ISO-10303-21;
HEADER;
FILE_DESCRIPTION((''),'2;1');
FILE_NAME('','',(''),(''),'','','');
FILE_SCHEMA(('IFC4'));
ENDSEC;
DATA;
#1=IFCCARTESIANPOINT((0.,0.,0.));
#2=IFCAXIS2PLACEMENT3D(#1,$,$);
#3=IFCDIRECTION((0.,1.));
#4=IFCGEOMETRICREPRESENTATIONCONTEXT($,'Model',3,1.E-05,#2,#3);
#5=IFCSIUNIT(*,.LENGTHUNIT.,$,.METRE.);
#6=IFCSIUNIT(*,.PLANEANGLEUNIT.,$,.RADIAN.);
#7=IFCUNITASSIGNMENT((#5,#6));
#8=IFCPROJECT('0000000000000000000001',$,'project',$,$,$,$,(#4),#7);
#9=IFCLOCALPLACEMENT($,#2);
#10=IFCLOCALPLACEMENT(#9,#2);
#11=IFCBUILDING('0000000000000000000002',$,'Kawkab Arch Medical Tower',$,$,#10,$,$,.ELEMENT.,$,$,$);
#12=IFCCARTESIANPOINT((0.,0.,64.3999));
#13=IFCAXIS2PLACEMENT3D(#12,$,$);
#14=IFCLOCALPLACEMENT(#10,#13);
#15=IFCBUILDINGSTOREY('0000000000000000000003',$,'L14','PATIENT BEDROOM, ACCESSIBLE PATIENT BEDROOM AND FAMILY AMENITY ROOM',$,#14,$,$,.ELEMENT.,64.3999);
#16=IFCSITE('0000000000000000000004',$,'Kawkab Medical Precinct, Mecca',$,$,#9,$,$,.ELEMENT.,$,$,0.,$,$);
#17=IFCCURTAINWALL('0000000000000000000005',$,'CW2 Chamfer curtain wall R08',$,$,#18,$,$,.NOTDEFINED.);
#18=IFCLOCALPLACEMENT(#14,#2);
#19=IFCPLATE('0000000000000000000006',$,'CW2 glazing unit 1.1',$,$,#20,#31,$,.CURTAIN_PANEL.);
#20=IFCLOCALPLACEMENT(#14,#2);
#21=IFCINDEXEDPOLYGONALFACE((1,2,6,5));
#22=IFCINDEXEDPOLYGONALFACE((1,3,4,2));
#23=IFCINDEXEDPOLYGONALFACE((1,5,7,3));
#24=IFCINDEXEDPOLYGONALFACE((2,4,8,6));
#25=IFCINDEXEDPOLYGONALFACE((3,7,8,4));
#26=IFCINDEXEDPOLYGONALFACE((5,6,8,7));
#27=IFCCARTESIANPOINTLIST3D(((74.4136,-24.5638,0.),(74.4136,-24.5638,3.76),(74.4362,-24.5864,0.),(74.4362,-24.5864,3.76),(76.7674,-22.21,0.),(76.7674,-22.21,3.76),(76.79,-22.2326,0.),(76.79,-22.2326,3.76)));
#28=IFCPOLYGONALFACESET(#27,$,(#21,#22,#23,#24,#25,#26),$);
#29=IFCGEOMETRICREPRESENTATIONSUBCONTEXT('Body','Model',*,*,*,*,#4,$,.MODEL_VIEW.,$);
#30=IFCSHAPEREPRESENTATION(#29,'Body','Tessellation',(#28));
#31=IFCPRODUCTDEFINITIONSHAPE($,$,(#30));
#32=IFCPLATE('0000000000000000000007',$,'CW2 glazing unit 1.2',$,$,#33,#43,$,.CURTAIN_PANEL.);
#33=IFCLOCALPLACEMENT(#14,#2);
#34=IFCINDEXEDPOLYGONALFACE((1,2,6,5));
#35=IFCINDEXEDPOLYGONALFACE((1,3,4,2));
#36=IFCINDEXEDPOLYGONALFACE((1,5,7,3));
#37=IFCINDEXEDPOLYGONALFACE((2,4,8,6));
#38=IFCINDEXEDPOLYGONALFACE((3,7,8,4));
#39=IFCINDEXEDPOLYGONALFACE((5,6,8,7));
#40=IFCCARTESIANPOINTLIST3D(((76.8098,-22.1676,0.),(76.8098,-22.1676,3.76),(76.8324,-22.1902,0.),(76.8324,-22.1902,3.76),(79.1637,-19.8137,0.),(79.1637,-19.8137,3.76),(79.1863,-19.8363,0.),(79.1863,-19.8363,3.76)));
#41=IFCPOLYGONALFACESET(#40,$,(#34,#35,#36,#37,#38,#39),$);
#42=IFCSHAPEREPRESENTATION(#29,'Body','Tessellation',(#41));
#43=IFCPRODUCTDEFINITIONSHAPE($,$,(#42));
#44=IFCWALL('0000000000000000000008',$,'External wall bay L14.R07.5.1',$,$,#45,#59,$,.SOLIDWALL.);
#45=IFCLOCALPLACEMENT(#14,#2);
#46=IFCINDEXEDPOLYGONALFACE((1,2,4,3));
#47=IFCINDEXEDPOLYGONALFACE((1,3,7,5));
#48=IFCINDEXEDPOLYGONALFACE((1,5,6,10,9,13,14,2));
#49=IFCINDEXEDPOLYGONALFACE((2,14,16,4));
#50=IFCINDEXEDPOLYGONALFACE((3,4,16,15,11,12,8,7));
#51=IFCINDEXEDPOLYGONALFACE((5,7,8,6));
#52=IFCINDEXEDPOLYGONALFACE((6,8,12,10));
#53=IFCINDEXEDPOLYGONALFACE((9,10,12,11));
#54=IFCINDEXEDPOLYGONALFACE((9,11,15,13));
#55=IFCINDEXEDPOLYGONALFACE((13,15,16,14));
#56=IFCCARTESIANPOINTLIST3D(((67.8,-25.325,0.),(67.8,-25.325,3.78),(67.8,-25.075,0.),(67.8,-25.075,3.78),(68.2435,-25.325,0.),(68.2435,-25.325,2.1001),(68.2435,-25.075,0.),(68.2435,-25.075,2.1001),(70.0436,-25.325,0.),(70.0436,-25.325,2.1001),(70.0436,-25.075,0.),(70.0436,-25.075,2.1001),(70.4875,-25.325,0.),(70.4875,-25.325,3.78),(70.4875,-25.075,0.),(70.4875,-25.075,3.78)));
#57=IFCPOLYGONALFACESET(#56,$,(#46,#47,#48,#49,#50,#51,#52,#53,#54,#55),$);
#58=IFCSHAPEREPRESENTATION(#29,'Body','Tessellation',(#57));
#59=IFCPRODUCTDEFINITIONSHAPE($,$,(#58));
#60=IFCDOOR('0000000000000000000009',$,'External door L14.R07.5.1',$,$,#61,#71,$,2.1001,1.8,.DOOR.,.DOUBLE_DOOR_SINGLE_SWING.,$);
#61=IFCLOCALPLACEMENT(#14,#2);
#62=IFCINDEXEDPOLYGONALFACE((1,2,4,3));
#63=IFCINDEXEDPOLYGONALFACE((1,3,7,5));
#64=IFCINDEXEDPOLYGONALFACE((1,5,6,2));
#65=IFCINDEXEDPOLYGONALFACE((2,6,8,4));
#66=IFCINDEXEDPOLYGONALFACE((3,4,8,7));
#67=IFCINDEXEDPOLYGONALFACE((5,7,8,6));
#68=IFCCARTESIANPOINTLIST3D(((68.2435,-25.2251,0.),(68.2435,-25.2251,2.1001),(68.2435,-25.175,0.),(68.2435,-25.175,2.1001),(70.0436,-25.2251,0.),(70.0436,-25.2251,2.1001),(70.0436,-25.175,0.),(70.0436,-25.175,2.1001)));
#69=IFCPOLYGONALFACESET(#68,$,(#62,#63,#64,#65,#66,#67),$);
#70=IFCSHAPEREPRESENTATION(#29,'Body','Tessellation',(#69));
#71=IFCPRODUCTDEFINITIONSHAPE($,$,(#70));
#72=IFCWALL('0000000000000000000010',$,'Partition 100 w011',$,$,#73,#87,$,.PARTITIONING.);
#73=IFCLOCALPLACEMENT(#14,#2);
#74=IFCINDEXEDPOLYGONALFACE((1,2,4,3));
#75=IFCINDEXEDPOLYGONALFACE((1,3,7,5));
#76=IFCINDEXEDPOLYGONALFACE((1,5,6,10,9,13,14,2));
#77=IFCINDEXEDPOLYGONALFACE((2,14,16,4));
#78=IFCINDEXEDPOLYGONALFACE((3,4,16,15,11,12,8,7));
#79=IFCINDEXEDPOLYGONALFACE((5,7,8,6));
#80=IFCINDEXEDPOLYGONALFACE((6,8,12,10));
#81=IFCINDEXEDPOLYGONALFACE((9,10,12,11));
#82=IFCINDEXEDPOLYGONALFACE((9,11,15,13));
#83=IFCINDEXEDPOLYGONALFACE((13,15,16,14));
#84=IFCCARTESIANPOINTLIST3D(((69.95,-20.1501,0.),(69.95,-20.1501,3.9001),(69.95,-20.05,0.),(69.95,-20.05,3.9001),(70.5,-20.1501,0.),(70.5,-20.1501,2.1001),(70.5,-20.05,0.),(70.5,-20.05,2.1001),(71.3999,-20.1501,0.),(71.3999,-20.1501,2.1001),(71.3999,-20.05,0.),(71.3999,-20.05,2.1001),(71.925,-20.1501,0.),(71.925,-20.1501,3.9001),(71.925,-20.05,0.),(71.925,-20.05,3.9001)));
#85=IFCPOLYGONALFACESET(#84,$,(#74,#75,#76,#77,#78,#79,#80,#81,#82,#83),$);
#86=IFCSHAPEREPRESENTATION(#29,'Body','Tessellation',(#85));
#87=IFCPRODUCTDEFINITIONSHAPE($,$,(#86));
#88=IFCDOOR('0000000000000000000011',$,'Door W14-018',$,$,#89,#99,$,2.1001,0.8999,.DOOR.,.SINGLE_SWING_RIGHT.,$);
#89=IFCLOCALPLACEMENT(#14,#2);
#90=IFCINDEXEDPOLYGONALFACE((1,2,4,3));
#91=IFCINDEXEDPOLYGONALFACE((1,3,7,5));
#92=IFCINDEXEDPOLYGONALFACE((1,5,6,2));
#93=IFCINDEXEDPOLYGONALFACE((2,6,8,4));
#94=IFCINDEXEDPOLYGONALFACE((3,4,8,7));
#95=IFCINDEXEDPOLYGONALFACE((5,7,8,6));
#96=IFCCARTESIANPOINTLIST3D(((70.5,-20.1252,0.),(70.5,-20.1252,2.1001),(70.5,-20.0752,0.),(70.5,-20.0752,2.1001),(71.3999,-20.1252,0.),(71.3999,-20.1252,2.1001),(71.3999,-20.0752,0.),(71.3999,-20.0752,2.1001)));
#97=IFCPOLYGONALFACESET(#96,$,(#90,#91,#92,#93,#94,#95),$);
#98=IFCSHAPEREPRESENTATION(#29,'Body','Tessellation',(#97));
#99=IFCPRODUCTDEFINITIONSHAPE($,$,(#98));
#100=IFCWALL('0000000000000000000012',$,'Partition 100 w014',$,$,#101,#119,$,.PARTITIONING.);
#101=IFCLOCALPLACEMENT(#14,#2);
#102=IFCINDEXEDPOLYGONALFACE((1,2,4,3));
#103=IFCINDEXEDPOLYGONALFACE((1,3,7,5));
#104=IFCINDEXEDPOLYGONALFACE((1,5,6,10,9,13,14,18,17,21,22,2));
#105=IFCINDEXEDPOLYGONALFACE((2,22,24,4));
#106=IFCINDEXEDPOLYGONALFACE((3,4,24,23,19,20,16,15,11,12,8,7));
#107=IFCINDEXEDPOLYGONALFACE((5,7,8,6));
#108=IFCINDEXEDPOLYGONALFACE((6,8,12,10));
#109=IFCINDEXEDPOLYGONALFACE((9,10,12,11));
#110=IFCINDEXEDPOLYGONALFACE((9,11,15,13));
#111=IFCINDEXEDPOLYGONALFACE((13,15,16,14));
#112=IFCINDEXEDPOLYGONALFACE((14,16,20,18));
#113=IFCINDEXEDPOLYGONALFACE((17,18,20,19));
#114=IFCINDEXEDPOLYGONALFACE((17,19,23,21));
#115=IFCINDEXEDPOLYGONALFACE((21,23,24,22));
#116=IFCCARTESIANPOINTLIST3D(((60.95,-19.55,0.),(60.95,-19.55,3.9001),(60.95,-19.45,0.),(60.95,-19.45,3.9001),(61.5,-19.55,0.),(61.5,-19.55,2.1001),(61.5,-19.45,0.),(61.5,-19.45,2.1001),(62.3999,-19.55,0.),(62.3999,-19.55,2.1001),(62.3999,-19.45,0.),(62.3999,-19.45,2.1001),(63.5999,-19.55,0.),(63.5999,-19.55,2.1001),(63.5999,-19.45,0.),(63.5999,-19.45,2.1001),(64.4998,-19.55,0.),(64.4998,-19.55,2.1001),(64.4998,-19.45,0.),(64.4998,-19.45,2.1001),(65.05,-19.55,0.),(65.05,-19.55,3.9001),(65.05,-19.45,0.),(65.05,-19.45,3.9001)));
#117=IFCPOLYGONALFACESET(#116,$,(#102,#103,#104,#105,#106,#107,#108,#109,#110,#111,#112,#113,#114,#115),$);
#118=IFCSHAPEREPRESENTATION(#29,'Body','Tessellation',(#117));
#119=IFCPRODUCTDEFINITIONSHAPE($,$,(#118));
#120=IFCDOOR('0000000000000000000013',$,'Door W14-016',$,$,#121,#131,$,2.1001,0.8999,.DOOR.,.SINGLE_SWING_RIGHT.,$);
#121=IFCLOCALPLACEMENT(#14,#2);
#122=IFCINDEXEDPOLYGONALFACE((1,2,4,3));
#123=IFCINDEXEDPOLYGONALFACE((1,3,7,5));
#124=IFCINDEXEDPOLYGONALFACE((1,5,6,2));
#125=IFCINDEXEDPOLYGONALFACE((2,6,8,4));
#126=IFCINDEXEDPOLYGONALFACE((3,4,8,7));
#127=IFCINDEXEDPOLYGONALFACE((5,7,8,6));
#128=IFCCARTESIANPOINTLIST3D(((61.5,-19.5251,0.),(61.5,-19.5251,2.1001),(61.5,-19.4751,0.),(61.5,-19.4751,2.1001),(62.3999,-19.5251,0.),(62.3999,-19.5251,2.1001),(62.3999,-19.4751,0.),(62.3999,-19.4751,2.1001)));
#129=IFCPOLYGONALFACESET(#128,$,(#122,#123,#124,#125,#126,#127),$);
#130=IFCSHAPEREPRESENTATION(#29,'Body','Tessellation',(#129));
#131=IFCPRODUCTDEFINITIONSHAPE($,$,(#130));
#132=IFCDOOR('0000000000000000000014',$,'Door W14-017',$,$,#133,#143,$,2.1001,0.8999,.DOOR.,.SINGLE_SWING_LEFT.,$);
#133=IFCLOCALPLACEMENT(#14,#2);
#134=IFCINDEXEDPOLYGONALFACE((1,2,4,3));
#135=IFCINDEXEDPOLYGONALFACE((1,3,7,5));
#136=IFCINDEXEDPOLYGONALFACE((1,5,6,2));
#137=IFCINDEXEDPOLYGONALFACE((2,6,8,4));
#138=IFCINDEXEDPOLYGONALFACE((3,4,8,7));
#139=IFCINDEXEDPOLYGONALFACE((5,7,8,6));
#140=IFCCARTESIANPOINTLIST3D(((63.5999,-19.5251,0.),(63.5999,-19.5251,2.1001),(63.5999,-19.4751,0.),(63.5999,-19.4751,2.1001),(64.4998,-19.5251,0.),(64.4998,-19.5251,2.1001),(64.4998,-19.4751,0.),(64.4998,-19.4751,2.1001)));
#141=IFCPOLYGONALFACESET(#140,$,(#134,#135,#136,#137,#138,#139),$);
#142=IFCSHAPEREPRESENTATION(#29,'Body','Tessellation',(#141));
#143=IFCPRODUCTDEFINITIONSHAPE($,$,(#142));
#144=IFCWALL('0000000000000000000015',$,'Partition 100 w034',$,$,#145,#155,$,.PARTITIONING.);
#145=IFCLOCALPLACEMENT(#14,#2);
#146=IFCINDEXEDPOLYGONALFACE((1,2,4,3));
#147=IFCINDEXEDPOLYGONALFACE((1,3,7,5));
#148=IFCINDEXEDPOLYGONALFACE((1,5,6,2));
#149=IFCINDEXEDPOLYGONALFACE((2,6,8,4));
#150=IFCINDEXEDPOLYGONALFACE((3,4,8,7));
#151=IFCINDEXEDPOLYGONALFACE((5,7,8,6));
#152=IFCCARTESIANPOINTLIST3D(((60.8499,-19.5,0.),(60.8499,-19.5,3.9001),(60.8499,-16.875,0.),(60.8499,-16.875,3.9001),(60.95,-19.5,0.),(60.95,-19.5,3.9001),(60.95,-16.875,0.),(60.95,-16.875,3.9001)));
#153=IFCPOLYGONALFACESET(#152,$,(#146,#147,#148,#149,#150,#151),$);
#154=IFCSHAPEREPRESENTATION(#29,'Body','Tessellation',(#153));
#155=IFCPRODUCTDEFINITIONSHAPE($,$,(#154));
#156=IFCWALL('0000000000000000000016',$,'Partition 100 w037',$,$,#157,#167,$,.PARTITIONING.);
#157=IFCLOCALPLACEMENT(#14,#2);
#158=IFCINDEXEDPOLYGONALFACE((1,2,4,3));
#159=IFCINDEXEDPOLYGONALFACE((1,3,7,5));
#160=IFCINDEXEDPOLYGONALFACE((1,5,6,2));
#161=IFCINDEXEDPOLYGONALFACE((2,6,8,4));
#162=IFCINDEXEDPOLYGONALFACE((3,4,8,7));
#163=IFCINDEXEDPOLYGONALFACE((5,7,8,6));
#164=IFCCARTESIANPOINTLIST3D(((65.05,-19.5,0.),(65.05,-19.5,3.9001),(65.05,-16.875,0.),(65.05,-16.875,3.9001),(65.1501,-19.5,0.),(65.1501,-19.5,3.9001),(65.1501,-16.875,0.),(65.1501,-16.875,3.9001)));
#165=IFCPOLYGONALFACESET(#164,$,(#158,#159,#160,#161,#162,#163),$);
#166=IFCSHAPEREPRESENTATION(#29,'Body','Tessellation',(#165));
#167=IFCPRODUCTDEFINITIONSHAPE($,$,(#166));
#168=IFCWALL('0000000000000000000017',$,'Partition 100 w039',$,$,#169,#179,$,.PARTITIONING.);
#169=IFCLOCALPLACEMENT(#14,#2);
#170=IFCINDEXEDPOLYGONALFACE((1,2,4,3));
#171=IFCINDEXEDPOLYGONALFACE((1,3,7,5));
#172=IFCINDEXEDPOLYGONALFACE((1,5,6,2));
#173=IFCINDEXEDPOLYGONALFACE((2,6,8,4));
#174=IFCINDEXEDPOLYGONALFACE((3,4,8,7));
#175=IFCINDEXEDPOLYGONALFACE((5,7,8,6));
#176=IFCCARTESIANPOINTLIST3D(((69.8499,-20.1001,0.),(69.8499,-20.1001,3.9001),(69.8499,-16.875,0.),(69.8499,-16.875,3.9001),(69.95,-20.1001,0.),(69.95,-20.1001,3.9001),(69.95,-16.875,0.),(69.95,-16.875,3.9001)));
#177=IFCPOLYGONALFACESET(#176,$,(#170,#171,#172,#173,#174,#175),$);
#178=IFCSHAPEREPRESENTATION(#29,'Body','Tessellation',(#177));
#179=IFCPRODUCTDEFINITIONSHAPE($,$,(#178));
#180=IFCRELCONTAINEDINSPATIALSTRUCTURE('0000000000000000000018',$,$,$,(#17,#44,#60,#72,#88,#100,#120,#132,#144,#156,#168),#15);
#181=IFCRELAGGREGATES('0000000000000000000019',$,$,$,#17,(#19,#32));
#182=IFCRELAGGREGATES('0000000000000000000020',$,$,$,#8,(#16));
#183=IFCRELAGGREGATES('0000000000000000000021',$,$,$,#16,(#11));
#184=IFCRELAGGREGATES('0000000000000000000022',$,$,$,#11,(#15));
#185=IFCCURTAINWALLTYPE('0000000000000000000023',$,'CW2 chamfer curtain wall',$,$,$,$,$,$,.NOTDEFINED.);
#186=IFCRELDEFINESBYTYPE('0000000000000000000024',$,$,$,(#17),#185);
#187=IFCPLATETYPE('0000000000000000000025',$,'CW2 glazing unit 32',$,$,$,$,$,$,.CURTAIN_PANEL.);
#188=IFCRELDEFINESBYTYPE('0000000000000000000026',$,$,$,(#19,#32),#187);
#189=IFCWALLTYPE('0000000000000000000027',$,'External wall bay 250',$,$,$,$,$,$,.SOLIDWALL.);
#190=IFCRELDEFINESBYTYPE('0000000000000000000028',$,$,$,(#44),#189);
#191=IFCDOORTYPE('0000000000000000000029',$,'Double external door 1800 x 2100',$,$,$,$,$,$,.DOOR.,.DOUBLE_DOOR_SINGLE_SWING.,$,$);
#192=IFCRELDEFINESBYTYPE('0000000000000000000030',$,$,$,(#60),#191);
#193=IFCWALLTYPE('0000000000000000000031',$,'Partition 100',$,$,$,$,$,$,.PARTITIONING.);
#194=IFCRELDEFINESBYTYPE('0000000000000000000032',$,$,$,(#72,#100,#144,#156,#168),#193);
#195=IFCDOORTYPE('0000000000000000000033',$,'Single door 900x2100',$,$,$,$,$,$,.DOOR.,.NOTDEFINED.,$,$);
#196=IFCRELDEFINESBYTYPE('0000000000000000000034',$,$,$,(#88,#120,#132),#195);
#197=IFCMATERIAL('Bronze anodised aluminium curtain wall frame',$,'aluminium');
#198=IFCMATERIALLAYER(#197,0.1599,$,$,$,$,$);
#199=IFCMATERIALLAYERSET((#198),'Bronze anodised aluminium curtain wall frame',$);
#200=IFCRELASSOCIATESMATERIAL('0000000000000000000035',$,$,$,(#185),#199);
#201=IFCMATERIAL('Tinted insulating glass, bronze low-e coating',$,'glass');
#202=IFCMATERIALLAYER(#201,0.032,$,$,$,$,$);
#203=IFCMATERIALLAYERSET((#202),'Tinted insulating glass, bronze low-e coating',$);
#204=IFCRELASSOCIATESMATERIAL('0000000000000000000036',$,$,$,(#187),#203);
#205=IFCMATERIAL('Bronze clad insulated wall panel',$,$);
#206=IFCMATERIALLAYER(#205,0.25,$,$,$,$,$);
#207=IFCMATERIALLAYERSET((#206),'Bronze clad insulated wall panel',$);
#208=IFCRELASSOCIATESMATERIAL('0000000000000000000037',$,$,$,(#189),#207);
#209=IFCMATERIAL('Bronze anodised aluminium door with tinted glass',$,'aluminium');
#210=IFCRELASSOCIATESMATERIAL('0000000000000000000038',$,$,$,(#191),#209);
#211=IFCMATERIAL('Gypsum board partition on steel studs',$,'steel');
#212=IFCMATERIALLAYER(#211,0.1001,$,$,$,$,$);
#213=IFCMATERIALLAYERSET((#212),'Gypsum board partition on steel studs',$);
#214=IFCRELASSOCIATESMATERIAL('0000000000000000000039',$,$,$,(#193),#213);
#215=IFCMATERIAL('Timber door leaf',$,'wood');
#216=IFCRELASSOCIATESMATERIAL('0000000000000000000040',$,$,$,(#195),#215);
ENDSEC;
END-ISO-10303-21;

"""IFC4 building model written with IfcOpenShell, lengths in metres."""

from ifc_helpers import new_model, si_unit, direction, frame, frame_2d, origin, origin_2d, place, context, subcontext, project, spatial, rectangle, extrude, material, layer, layer_set, type_object, element, fill, aggregate, save


model = new_model("IFC4")

# Units and contexts
model_context = context("Model", 3, precision=1e-05, world=origin(), true_north=direction((0.0, 1.0)))
body_context = subcontext(model_context, "Body", "Model", "MODEL_VIEW")
ifc_project = project(units=[si_unit("LENGTHUNIT", "METRE"), si_unit("PLANEANGLEUNIT", "RADIAN")], contexts=[model_context])

# Site, building, storey
site_placement = place(None, origin())
site = spatial("IfcSite", under=ifc_project, at=site_placement, Name="Kawkab Medical Precinct, Mecca", CompositionType="ELEMENT", RefElevation=0.0)
building_placement = place(site_placement, origin())
building = spatial("IfcBuilding", under=site, at=building_placement, Name="Kawkab Arch Medical Tower", CompositionType="ELEMENT")
storey_placement = place(building_placement, frame((0.0, 0.0, 64.3999)))
storey = spatial("IfcBuildingStorey", under=building, at=storey_placement, Name="L14", Description="PATIENT BEDROOM, ACCESSIBLE PATIENT BEDROOM AND FAMILY AMENITY ROOM", CompositionType="ELEMENT", Elevation=64.3999)

# Shared definitions
placement = place(storey_placement, origin())

# Curtain wall
ifc_material_1 = material(Name="Bronze anodised aluminium curtain wall frame", Category="aluminium")
ifc_layer_1 = layer(ifc_material_1, 0.1599)
ifc_layer_set_1 = layer_set([ifc_layer_1], Name="Bronze anodised aluminium curtain wall frame")
curtain_wall_type_1 = type_object("IfcCurtainWallType", Name="CW2 chamfer curtain wall", PredefinedType="NOTDEFINED", material=ifc_layer_set_1)
curtain_wall_1 = element("IfcCurtainWall", 1, at=placement, inside=storey, type_object=curtain_wall_type_1, Name="CW2 Chamfer curtain wall R08", PredefinedType="NOTDEFINED")

# Plates
ifc_material_2 = material(Name="Tinted insulating glass, bronze low-e coating", Category="glass")
ifc_layer_2 = layer(ifc_material_2, 0.032)
ifc_layer_set_2 = layer_set([ifc_layer_2], Name="Tinted insulating glass, bronze low-e coating")
plate_type_1 = type_object("IfcPlateType", Name="CW2 glazing unit 32", PredefinedType="CURTAIN_PANEL", material=ifc_layer_set_2)
plate_1_placement = place(storey_placement, frame((75.6018, -23.3982, 0.0), z_axis=(0.0, 0.0, 1.0), x_axis=(0.707107, 0.707107, 0.0)))
plate_1 = element("IfcPlate", 2, at=plate_1_placement, type_object=plate_type_1, Name="CW2 glazing unit 1.1", PredefinedType="CURTAIN_PANEL", context=body_context, shape_type="SweptSolid", body=[
    extrude(rectangle(XDim=3.3289, YDim=0.032, at=origin_2d()), origin(), (0.0, 0.0, 1.0), 3.76),
])
plate_2_placement = place(storey_placement, frame((77.998, -21.002, 0.0), z_axis=(0.0, 0.0, 1.0), x_axis=(0.707107, 0.707107, 0.0)))
plate_2 = element("IfcPlate", 3, at=plate_2_placement, type_object=plate_type_1, Name="CW2 glazing unit 1.2", PredefinedType="CURTAIN_PANEL", context=body_context, shape_type="SweptSolid", body=[
    extrude(rectangle(XDim=3.3289, YDim=0.032, at=origin_2d()), origin(), (0.0, 0.0, 1.0), 3.76),
])
aggregate(curtain_wall_1, [plate_1, plate_2])

# Walls, openings, doors
ifc_material_3 = material(Name="Bronze clad insulated wall panel")
ifc_layer_3 = layer(ifc_material_3, 0.25)
ifc_layer_set_3 = layer_set([ifc_layer_3], Name="Bronze clad insulated wall panel")
wall_type_1 = type_object("IfcWallType", Name="External wall bay 250", PredefinedType="SOLIDWALL", material=ifc_layer_set_3)
wall_1_placement = place(storey_placement, frame((67.8, -25.2, 0.0), z_axis=(0.0, 0.0, 1.0), x_axis=(1.0, 0.0, 0.0)))
wall_1 = element("IfcWall", 4, at=wall_1_placement, inside=storey, type_object=wall_type_1, Name="External wall bay L14.R07.5.1", PredefinedType="SOLIDWALL", context=body_context, shape_type="SweptSolid", body=[
    extrude(rectangle(XDim=2.6875, YDim=0.25, at=frame_2d((1.3438, 0.0))), origin(), (0.0, 0.0, 1.0), 3.78),
])
opening_1_placement = place(wall_1_placement, frame((0.4436, 0.0, 0.0)))
opening_1 = element("IfcOpeningElement", 5, at=opening_1_placement, cuts=wall_1, PredefinedType="OPENING", context=body_context, shape_type="SweptSolid", body=[
    extrude(rectangle(XDim=1.8, YDim=2.1001, at=frame_2d((0.8999, 1.05))), frame((0.0, 0.135, 0.0), z_axis=(0.0, -1.0, 0.0), x_axis=(1.0, 0.0, 0.0)), (0.0, 0.0, 1.0), 0.27),
])
ifc_material_4 = material(Name="Bronze anodised aluminium door with tinted glass", Category="aluminium")
door_type_1 = type_object("IfcDoorType", Name="Double external door 1800 x 2100", OperationType="DOUBLE_DOOR_SINGLE_SWING", PredefinedType="DOOR", material=ifc_material_4)
door_1_placement = place(opening_1_placement, origin())
door_1 = element("IfcDoor", 6, at=door_1_placement, inside=storey, type_object=door_type_1, Name="External door L14.R07.5.1", OperationType="DOUBLE_DOOR_SINGLE_SWING", OverallHeight=2.1001, OverallWidth=1.8, PredefinedType="DOOR", context=body_context, shape_type="SweptSolid", body=[
    extrude(rectangle(XDim=1.8, YDim=2.1001, at=frame_2d((0.8999, 1.05))), frame((0.0, 0.0249, 0.0), z_axis=(0.0, -1.0, 0.0), x_axis=(1.0, 0.0, 0.0)), (0.0, 0.0, 1.0), 0.05),
])
fill(opening_1, door_1)
ifc_material_5 = material(Name="Gypsum board partition on steel studs", Category="steel")
ifc_layer_4 = layer(ifc_material_5, 0.1001)
ifc_layer_set_4 = layer_set([ifc_layer_4], Name="Gypsum board partition on steel studs")
wall_type_2 = type_object("IfcWallType", Name="Partition 100", PredefinedType="PARTITIONING", material=ifc_layer_set_4)
wall_2_placement = place(storey_placement, frame((69.95, -20.1001, 0.0), z_axis=(0.0, 0.0, 1.0), x_axis=(1.0, 0.0, 0.0)))
wall_2 = element("IfcWall", 7, at=wall_2_placement, inside=storey, type_object=wall_type_2, Name="Partition 100 w011", PredefinedType="PARTITIONING", context=body_context, shape_type="SweptSolid", body=[
    extrude(rectangle(XDim=1.9751, YDim=0.1001, at=frame_2d((0.9875, 0.0))), origin(), (0.0, 0.0, 1.0), 3.9001),
])
opening_2_placement = place(wall_2_placement, frame((0.55, 0.0, 0.0)))
opening_2 = element("IfcOpeningElement", 8, at=opening_2_placement, cuts=wall_2, PredefinedType="OPENING", context=body_context, shape_type="SweptSolid", body=[
    extrude(rectangle(XDim=0.8999, YDim=2.1001, at=frame_2d((0.45, 1.05))), frame((0.0, 0.0601, 0.0), z_axis=(0.0, -1.0, 0.0), x_axis=(1.0, 0.0, 0.0)), (0.0, 0.0, 1.0), 0.1201),
])
ifc_material_6 = material(Name="Timber door leaf", Category="wood")
door_type_2 = type_object("IfcDoorType", Name="Single door 900x2100", OperationType="NOTDEFINED", PredefinedType="DOOR", material=ifc_material_6)
door_2_placement = place(opening_2_placement, origin())
door_2 = element("IfcDoor", 9, at=door_2_placement, inside=storey, type_object=door_type_2, Name="Door W14-018", OperationType="SINGLE_SWING_RIGHT", OverallHeight=2.1001, OverallWidth=0.8999, PredefinedType="DOOR", context=body_context, shape_type="SweptSolid", body=[
    extrude(rectangle(XDim=0.8999, YDim=2.1001, at=frame_2d((0.45, 1.05))), frame((0.0, 0.0249, 0.0), z_axis=(0.0, -1.0, 0.0), x_axis=(1.0, 0.0, 0.0)), (0.0, 0.0, 1.0), 0.05),
])
fill(opening_2, door_2)

# Wall, openings, doors
wall_3_placement = place(storey_placement, frame((60.95, -19.5, 0.0), z_axis=(0.0, 0.0, 1.0), x_axis=(1.0, 0.0, 0.0)))
wall_3 = element("IfcWall", 10, at=wall_3_placement, inside=storey, type_object=wall_type_2, Name="Partition 100 w014", PredefinedType="PARTITIONING", context=body_context, shape_type="SweptSolid", body=[
    extrude(rectangle(XDim=4.1001, YDim=0.1001, at=frame_2d((2.05, 0.0))), origin(), (0.0, 0.0, 1.0), 3.9001),
])
opening_3_placement = place(wall_3_placement, frame((0.55, 0.0, 0.0)))
opening_3 = element("IfcOpeningElement", 11, at=opening_3_placement, cuts=wall_3, PredefinedType="OPENING", context=body_context, shape_type="SweptSolid", body=[
    extrude(rectangle(XDim=0.8999, YDim=2.1001, at=frame_2d((0.45, 1.05))), frame((0.0, 0.0601, 0.0), z_axis=(0.0, -1.0, 0.0), x_axis=(1.0, 0.0, 0.0)), (0.0, 0.0, 1.0), 0.1201),
])
opening_4_placement = place(wall_3_placement, frame((2.6499, 0.0, 0.0)))
opening_4 = element("IfcOpeningElement", 12, at=opening_4_placement, cuts=wall_3, PredefinedType="OPENING", context=body_context, shape_type="SweptSolid", body=[
    extrude(rectangle(XDim=0.8999, YDim=2.1001, at=frame_2d((0.45, 1.05))), frame((0.0, 0.0601, 0.0), z_axis=(0.0, -1.0, 0.0), x_axis=(1.0, 0.0, 0.0)), (0.0, 0.0, 1.0), 0.1201),
])
door_3_placement = place(opening_3_placement, origin())
door_3 = element("IfcDoor", 13, at=door_3_placement, inside=storey, type_object=door_type_2, Name="Door W14-016", OperationType="SINGLE_SWING_RIGHT", OverallHeight=2.1001, OverallWidth=0.8999, PredefinedType="DOOR", context=body_context, shape_type="SweptSolid", body=[
    extrude(rectangle(XDim=0.8999, YDim=2.1001, at=frame_2d((0.45, 1.05))), frame((0.0, 0.0249, 0.0), z_axis=(0.0, -1.0, 0.0), x_axis=(1.0, 0.0, 0.0)), (0.0, 0.0, 1.0), 0.05),
])
fill(opening_3, door_3)
door_4_placement = place(opening_4_placement, origin())
door_4 = element("IfcDoor", 14, at=door_4_placement, inside=storey, type_object=door_type_2, Name="Door W14-017", OperationType="SINGLE_SWING_LEFT", OverallHeight=2.1001, OverallWidth=0.8999, PredefinedType="DOOR", context=body_context, shape_type="SweptSolid", body=[
    extrude(rectangle(XDim=0.8999, YDim=2.1001, at=frame_2d((0.45, 1.05))), frame((0.0, 0.0249, 0.0), z_axis=(0.0, -1.0, 0.0), x_axis=(1.0, 0.0, 0.0)), (0.0, 0.0, 1.0), 0.05),
])
fill(opening_4, door_4)

# Walls
for number, where, z_axis, x_axis, name in (
    (15, (60.8999, -19.5, 0.0), (0.0, 0.0, 1.0), (0.0, 1.0, 0.0), "Partition 100 w034"),
    (16, (65.1001, -19.5, 0.0), (0.0, 0.0, 1.0), (0.0, 1.0, 0.0), "Partition 100 w037"),
):
    element("IfcWall", number, at=place(storey_placement, frame(where, z_axis=z_axis, x_axis=x_axis)), inside=storey, type_object=wall_type_2, Name=name, PredefinedType="PARTITIONING", context=body_context, shape_type="SweptSolid", body=[
        extrude(rectangle(XDim=2.625, YDim=0.1001, at=frame_2d((1.3125, 0.0))), origin(), (0.0, 0.0, 1.0), 3.9001),
    ])
wall_4_placement = place(storey_placement, frame((69.8999, -20.1001, 0.0), z_axis=(0.0, 0.0, 1.0), x_axis=(0.0, 1.0, 0.0)))
element("IfcWall", 17, at=wall_4_placement, inside=storey, type_object=wall_type_2, Name="Partition 100 w039", PredefinedType="PARTITIONING", context=body_context, shape_type="SweptSolid", body=[
    extrude(rectangle(XDim=3.2251, YDim=0.1001, at=frame_2d((1.6125, 0.0))), origin(), (0.0, 0.0, 1.0), 3.9001),
])

save(model, "model.ifc")
